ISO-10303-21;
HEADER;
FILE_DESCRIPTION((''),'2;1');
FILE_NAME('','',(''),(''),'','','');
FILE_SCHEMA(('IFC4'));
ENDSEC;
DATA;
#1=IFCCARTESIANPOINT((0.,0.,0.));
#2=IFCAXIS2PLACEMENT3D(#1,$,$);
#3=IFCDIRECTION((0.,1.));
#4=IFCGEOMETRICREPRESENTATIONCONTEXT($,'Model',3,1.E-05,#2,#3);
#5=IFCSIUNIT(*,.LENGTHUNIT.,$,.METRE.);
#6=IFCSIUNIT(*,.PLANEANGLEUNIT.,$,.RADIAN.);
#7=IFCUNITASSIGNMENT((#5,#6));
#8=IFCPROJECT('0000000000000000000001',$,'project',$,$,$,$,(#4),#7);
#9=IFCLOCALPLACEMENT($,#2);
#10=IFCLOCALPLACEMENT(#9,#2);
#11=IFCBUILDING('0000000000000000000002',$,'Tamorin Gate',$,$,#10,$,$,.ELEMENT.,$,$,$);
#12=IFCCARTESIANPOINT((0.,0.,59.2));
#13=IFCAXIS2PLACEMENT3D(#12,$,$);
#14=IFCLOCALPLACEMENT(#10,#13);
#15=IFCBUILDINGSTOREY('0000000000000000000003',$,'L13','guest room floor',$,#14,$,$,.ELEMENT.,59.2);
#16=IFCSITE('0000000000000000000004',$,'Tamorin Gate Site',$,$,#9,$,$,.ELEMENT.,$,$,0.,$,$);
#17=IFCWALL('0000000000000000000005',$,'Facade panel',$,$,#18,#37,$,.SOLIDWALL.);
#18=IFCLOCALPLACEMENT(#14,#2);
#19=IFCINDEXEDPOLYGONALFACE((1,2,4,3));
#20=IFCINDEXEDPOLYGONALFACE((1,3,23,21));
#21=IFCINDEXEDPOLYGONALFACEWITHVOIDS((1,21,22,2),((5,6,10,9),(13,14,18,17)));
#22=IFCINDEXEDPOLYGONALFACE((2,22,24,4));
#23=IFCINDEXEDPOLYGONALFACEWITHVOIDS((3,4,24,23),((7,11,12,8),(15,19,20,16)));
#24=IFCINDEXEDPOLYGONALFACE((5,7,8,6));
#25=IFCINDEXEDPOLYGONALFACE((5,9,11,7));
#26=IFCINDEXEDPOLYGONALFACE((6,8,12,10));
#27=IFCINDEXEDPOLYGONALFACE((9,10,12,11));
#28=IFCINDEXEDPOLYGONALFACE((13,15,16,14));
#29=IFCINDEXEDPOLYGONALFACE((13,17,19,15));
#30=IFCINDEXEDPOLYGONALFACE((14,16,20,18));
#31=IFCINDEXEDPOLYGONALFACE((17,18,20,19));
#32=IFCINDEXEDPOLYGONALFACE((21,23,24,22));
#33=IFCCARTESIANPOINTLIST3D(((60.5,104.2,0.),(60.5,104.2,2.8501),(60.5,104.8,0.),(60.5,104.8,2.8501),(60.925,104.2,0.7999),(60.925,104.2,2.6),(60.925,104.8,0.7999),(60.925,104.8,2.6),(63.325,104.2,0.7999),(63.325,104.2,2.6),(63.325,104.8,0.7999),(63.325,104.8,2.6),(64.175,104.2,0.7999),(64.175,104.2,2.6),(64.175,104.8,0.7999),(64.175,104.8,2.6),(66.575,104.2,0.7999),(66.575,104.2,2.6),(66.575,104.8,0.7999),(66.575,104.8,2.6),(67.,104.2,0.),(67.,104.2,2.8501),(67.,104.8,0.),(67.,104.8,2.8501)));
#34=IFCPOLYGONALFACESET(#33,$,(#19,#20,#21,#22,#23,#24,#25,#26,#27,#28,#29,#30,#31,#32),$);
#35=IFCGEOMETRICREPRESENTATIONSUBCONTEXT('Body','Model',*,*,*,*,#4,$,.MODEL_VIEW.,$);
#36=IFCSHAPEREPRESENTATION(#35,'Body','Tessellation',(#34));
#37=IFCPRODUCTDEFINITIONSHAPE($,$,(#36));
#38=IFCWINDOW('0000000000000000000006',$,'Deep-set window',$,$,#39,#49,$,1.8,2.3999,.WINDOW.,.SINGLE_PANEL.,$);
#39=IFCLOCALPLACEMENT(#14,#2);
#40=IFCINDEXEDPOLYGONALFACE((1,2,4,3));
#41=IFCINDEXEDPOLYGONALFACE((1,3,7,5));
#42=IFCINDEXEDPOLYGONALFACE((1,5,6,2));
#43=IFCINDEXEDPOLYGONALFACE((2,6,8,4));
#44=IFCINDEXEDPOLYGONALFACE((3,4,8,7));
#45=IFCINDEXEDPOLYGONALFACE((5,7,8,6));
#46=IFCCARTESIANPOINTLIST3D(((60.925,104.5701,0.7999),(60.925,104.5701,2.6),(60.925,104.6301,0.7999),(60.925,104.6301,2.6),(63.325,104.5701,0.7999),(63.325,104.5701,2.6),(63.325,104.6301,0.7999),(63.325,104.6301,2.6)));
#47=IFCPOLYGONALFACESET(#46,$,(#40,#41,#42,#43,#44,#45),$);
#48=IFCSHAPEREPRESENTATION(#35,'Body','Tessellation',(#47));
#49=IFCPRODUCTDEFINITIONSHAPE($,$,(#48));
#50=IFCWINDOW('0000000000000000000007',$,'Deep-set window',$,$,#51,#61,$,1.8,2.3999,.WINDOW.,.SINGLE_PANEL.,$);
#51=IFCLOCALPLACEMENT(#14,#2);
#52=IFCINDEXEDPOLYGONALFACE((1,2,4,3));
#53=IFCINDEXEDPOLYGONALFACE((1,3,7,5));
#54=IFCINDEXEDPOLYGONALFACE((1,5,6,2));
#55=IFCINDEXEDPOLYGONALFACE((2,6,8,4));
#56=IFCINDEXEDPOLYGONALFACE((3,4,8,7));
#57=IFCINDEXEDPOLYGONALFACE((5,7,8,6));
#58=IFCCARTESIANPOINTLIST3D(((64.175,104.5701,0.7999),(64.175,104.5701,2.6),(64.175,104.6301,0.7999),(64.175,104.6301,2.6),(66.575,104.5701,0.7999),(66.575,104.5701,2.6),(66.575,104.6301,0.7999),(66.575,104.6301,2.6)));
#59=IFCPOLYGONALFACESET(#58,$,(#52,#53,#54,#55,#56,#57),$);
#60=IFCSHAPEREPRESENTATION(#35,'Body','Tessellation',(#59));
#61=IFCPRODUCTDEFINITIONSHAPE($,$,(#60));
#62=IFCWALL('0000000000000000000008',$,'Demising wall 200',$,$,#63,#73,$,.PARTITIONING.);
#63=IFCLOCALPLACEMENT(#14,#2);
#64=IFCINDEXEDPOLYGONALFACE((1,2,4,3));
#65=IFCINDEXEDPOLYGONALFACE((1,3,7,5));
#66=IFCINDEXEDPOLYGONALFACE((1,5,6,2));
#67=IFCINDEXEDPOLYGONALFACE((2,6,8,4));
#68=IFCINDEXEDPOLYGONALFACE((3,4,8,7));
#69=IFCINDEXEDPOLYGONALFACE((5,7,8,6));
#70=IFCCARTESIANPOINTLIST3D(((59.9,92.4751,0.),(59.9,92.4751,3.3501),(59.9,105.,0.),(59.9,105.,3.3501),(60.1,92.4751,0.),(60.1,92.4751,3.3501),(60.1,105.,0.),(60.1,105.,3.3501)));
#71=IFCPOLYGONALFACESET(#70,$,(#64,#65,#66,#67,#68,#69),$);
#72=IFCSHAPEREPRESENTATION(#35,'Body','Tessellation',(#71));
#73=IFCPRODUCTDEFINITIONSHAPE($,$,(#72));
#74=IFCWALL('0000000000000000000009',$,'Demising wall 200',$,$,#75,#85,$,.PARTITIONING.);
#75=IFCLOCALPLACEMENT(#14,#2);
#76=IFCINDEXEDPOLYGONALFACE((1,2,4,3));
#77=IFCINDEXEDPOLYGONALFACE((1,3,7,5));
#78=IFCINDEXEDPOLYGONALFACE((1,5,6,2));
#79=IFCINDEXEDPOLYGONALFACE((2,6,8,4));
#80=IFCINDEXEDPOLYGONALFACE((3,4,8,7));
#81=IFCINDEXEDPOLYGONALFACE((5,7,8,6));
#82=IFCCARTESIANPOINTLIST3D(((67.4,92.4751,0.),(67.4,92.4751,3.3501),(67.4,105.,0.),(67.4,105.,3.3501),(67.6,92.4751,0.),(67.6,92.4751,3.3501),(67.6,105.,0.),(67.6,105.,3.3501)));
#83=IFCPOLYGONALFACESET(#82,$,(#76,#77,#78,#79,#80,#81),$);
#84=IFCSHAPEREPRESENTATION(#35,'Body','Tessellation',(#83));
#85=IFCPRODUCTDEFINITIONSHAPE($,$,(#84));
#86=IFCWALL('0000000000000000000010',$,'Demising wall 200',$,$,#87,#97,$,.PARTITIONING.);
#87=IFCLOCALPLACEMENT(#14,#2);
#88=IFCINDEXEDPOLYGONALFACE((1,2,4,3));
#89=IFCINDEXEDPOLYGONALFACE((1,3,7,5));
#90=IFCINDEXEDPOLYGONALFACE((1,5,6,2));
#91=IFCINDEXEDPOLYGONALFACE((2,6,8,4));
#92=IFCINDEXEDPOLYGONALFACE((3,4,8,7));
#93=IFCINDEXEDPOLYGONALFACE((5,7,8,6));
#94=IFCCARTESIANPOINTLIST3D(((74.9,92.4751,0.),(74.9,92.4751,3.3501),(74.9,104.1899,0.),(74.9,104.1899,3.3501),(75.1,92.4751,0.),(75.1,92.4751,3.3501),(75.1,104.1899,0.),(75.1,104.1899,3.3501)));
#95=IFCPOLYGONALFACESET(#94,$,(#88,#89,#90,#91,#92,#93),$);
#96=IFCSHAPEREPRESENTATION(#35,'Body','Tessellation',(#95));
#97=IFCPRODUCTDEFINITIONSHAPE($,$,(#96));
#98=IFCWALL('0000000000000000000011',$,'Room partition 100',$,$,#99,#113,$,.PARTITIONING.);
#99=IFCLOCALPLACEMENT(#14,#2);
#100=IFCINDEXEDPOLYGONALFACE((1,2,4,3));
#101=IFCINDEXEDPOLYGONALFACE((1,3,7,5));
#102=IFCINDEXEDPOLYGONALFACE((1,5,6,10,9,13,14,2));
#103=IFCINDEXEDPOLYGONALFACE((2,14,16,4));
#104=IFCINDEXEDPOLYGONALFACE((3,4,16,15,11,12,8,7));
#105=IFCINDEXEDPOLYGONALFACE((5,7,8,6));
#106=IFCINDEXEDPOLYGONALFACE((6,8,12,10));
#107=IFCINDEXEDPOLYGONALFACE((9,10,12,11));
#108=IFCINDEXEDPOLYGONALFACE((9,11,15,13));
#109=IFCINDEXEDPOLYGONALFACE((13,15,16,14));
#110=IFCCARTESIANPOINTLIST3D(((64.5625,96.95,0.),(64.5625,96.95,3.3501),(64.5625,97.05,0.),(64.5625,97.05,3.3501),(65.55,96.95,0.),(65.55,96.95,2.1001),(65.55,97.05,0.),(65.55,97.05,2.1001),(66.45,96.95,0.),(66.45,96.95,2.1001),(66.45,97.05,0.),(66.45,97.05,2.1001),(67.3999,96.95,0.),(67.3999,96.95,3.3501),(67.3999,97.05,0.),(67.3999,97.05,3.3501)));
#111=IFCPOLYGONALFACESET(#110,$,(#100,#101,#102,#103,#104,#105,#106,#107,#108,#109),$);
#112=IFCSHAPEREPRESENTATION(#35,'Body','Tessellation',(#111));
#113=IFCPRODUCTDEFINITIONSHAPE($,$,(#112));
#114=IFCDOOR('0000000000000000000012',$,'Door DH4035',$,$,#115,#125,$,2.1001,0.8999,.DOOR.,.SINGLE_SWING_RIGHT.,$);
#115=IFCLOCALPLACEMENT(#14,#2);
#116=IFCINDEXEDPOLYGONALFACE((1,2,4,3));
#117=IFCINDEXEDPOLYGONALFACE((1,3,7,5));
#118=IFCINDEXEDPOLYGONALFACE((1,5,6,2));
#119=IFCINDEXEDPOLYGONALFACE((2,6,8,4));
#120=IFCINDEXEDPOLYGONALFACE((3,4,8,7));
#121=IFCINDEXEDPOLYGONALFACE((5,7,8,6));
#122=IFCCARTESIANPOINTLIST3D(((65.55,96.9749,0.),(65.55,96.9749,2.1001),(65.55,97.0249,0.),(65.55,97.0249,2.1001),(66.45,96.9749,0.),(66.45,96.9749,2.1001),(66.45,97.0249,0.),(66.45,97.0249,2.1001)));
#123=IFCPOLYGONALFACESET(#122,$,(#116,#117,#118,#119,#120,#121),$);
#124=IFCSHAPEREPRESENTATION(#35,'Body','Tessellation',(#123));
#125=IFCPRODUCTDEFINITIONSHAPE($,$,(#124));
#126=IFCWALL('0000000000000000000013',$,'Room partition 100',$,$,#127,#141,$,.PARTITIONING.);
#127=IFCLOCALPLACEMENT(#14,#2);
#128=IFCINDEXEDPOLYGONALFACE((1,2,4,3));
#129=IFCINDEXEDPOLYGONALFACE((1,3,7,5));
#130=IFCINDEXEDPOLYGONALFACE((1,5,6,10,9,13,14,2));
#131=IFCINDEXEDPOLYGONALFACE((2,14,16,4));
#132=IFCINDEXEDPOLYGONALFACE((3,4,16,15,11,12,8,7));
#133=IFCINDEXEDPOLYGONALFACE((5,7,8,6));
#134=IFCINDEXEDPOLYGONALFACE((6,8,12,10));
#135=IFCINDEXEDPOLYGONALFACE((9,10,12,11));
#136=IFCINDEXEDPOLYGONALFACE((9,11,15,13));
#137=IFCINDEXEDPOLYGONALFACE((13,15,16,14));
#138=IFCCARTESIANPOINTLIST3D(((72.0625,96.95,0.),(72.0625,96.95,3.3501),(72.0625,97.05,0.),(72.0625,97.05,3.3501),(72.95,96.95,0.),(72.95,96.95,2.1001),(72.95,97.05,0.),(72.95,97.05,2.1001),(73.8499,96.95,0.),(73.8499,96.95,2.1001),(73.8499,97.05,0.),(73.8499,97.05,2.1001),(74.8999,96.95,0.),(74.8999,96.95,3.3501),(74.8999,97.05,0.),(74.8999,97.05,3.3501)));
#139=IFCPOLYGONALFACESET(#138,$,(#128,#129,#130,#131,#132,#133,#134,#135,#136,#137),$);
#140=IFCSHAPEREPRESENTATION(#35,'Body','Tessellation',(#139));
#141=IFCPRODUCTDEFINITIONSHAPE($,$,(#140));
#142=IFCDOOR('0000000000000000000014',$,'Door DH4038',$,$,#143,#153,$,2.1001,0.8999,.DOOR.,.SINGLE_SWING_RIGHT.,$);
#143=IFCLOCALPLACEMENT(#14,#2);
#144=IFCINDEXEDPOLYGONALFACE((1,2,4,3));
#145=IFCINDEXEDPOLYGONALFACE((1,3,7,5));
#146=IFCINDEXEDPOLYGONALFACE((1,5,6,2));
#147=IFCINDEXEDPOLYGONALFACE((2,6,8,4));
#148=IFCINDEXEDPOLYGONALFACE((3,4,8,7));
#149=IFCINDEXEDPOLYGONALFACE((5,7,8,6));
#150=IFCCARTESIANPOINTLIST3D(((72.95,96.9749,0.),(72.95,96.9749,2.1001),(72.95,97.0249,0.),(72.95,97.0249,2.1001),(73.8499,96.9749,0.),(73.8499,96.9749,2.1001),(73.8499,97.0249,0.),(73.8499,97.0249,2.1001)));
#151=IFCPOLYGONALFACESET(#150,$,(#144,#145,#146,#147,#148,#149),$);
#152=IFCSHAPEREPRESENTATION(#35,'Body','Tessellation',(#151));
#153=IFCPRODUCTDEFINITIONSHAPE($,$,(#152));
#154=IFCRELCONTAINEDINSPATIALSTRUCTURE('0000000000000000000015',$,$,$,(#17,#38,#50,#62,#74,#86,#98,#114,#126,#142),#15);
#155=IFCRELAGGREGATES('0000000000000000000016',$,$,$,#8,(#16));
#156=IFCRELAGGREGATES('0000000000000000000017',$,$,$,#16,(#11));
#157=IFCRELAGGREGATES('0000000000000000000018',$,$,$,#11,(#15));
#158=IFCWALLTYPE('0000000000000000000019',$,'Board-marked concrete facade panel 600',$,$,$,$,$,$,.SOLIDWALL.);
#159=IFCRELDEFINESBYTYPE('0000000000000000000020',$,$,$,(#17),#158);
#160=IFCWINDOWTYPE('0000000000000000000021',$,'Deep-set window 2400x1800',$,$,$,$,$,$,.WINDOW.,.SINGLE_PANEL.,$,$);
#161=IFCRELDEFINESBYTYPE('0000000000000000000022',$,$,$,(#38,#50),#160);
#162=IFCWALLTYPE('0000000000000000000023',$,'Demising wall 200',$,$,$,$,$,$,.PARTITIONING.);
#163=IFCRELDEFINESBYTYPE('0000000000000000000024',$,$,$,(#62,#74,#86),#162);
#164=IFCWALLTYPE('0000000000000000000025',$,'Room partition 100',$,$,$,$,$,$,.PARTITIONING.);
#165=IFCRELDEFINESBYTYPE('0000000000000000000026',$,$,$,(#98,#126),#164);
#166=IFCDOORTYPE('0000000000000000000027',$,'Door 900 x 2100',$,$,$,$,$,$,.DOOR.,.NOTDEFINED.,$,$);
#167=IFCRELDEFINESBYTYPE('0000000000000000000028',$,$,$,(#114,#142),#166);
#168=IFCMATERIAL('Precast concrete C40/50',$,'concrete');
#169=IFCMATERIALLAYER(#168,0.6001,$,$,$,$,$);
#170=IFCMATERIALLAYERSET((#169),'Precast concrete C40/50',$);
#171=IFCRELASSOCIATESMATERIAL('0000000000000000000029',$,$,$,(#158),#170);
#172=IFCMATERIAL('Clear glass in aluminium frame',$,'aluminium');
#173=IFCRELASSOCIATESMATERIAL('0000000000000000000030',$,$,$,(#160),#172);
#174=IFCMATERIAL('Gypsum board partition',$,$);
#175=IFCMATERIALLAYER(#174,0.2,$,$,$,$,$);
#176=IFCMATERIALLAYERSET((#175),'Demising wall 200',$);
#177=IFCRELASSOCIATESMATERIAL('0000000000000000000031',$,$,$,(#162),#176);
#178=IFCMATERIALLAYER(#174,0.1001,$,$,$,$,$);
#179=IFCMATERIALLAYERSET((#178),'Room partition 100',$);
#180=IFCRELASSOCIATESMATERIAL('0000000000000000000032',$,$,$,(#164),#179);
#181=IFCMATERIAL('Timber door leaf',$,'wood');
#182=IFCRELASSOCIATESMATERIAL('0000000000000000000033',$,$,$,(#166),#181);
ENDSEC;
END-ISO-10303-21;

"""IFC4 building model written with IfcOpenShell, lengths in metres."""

from ifc_helpers import new_model, si_unit, direction, frame, frame_2d, origin, place, context, subcontext, project, spatial, rectangle, extrude, material, layer, layer_set, type_object, element, fill, save


model = new_model("IFC4")

# Units and contexts
model_context = context("Model", 3, precision=1e-05, world=origin(), true_north=direction((0.0, 1.0)))
body_context = subcontext(model_context, "Body", "Model", "MODEL_VIEW")
ifc_project = project(units=[si_unit("LENGTHUNIT", "METRE"), si_unit("PLANEANGLEUNIT", "RADIAN")], contexts=[model_context])

# Site, building, storey
site_placement = place(None, origin())
site = spatial("IfcSite", under=ifc_project, at=site_placement, Name="Tamorin Gate Site", CompositionType="ELEMENT", RefElevation=0.0)
building_placement = place(site_placement, origin())
building = spatial("IfcBuilding", under=site, at=building_placement, Name="Tamorin Gate", CompositionType="ELEMENT")
storey_placement = place(building_placement, frame((0.0, 0.0, 59.2)))
storey = spatial("IfcBuildingStorey", under=building, at=storey_placement, Name="L13", Description="guest room floor", CompositionType="ELEMENT", Elevation=59.2)

# Wall, openings, windows
ifc_material_1 = material(Name="Precast concrete C40/50", Category="concrete")
ifc_layer_1 = layer(ifc_material_1, 0.6001)
ifc_layer_set_1 = layer_set([ifc_layer_1], Name="Precast concrete C40/50")
wall_type_1 = type_object("IfcWallType", Name="Board-marked concrete facade panel 600", PredefinedType="SOLIDWALL", material=ifc_layer_set_1)
ifc_material_2 = material(Name="Clear glass in aluminium frame", Category="aluminium")
window_type = type_object("IfcWindowType", Name="Deep-set window 2400x1800", PartitioningType="SINGLE_PANEL", PredefinedType="WINDOW", material=ifc_material_2)
wall_1_placement = place(storey_placement, frame((67.0, 104.5, 0.0), z_axis=(0.0, 0.0, 1.0), x_axis=(-1.0, 0.0, 0.0)))
wall_1 = element("IfcWall", 1, at=wall_1_placement, inside=storey, type_object=wall_type_1, Name="Facade panel", PredefinedType="SOLIDWALL", context=body_context, shape_type="SweptSolid", body=[
    extrude(rectangle(XDim=6.5, YDim=0.6001, at=frame_2d((3.25, 0.0))), origin(), (0.0, 0.0, 1.0), 2.8501),
])
opening_1_placement = place(wall_1_placement, frame((3.675, 0.0, 0.8)))
opening_1 = element("IfcOpeningElement", 2, at=opening_1_placement, cuts=wall_1, PredefinedType="OPENING", context=body_context, shape_type="SweptSolid", body=[
    extrude(rectangle(XDim=2.3999, YDim=1.8, at=frame_2d((1.2, 0.8999))), frame((0.0, 0.3101, 0.0), z_axis=(0.0, -1.0, 0.0), x_axis=(1.0, 0.0, 0.0)), (0.0, 0.0, 1.0), 0.6201),
])
opening_2_placement = place(wall_1_placement, frame((0.425, 0.0, 0.8)))
opening_2 = element("IfcOpeningElement", 3, at=opening_2_placement, cuts=wall_1, PredefinedType="OPENING", context=body_context, shape_type="SweptSolid", body=[
    extrude(rectangle(XDim=2.3999, YDim=1.8, at=frame_2d((1.2, 0.8999))), frame((0.0, 0.3101, 0.0), z_axis=(0.0, -1.0, 0.0), x_axis=(1.0, 0.0, 0.0)), (0.0, 0.0, 1.0), 0.6201),
])
window_1_placement = place(opening_1_placement, origin())
window_1 = element("IfcWindow", 4, at=window_1_placement, inside=storey, type_object=window_type, Name="Deep-set window", OverallHeight=1.8, OverallWidth=2.3999, PartitioningType="SINGLE_PANEL", PredefinedType="WINDOW", context=body_context, shape_type="SweptSolid", body=[
    extrude(rectangle(XDim=2.3999, YDim=1.8, at=frame_2d((1.2, 0.8999))), frame((0.0, -0.0701, 0.0), z_axis=(0.0, -1.0, 0.0), x_axis=(1.0, 0.0, 0.0)), (0.0, 0.0, 1.0), 0.0601),
])
fill(opening_1, window_1)
window_2_placement = place(opening_2_placement, origin())
window_2 = element("IfcWindow", 5, at=window_2_placement, inside=storey, type_object=window_type, Name="Deep-set window", OverallHeight=1.8, OverallWidth=2.3999, PartitioningType="SINGLE_PANEL", PredefinedType="WINDOW", context=body_context, shape_type="SweptSolid", body=[
    extrude(rectangle(XDim=2.3999, YDim=1.8, at=frame_2d((1.2, 0.8999))), frame((0.0, -0.0701, 0.0), z_axis=(0.0, -1.0, 0.0), x_axis=(1.0, 0.0, 0.0)), (0.0, 0.0, 1.0), 0.0601),
])
fill(opening_2, window_2)

# Walls
ifc_material_3 = material(Name="Gypsum board partition")
ifc_layer_2 = layer(ifc_material_3, 0.2)
ifc_layer_set_2 = layer_set([ifc_layer_2], Name="Demising wall 200")
wall_type_2 = type_object("IfcWallType", Name="Demising wall 200", PredefinedType="PARTITIONING", material=ifc_layer_set_2)
for number, where, z_axis, x_axis, name in (
    (6, (60.0, 92.4751, 0.0), (0.0, 0.0, 1.0), (0.0, 1.0, 0.0), "Demising wall 200"),
    (7, (67.5, 92.4751, 0.0), (0.0, 0.0, 1.0), (0.0, 1.0, 0.0), "Demising wall 200"),
):
    element("IfcWall", number, at=place(storey_placement, frame(where, z_axis=z_axis, x_axis=x_axis)), inside=storey, type_object=wall_type_2, Name=name, PredefinedType="PARTITIONING", context=body_context, shape_type="SweptSolid", body=[
        extrude(rectangle(XDim=12.5249, YDim=0.2, at=frame_2d((6.2625, 0.0))), origin(), (0.0, 0.0, 1.0), 3.3501),
    ])
wall_2_placement = place(storey_placement, frame((75.0, 92.4751, 0.0), z_axis=(0.0, 0.0, 1.0), x_axis=(0.0, 1.0, 0.0)))
element("IfcWall", 8, at=wall_2_placement, inside=storey, type_object=wall_type_2, Name="Demising wall 200", PredefinedType="PARTITIONING", context=body_context, shape_type="SweptSolid", body=[
    extrude(rectangle(XDim=11.7148, YDim=0.2, at=frame_2d((5.8574, 0.0))), origin(), (0.0, 0.0, 1.0), 3.3501),
])

# Walls, openings, doors
ifc_layer_3 = layer(ifc_material_3, 0.1001)
ifc_layer_set_3 = layer_set([ifc_layer_3], Name="Room partition 100")
wall_type_3 = type_object("IfcWallType", Name="Room partition 100", PredefinedType="PARTITIONING", material=ifc_layer_set_3)
wall_3_placement = place(storey_placement, frame((64.5625, 97.0, 0.0), z_axis=(0.0, 0.0, 1.0), x_axis=(1.0, 0.0, 0.0)))
wall_3 = element("IfcWall", 9, at=wall_3_placement, inside=storey, type_object=wall_type_3, Name="Room partition 100", PredefinedType="PARTITIONING", context=body_context, shape_type="SweptSolid", body=[
    extrude(rectangle(XDim=2.8374, YDim=0.1001, at=frame_2d((1.4187, 0.0))), origin(), (0.0, 0.0, 1.0), 3.3501),
])
opening_3_placement = place(wall_3_placement, frame((0.9875, 0.0, 0.0)))
opening_3 = element("IfcOpeningElement", 10, at=opening_3_placement, cuts=wall_3, PredefinedType="OPENING", context=body_context, shape_type="SweptSolid", body=[
    extrude(rectangle(XDim=0.8999, YDim=2.1001, at=frame_2d((0.45, 1.05))), frame((0.0, 0.0601, 0.0), z_axis=(0.0, -1.0, 0.0), x_axis=(1.0, 0.0, 0.0)), (0.0, 0.0, 1.0), 0.1201),
])
ifc_material_4 = material(Name="Timber door leaf", Category="wood")
door_type = type_object("IfcDoorType", Name="Door 900 x 2100", OperationType="NOTDEFINED", PredefinedType="DOOR", material=ifc_material_4)
door_1_placement = place(opening_3_placement, origin())
door_1 = element("IfcDoor", 11, at=door_1_placement, inside=storey, type_object=door_type, Name="Door DH4035", OperationType="SINGLE_SWING_RIGHT", OverallHeight=2.1001, OverallWidth=0.8999, PredefinedType="DOOR", context=body_context, shape_type="SweptSolid", body=[
    extrude(rectangle(XDim=0.8999, YDim=2.1001, at=frame_2d((0.45, 1.05))), frame((0.0, 0.0249, 0.0), z_axis=(0.0, -1.0, 0.0), x_axis=(1.0, 0.0, 0.0)), (0.0, 0.0, 1.0), 0.05),
])
fill(opening_3, door_1)
wall_4_placement = place(storey_placement, frame((72.0625, 97.0, 0.0), z_axis=(0.0, 0.0, 1.0), x_axis=(1.0, 0.0, 0.0)))
wall_4 = element("IfcWall", 12, at=wall_4_placement, inside=storey, type_object=wall_type_3, Name="Room partition 100", PredefinedType="PARTITIONING", context=body_context, shape_type="SweptSolid", body=[
    extrude(rectangle(XDim=2.8374, YDim=0.1001, at=frame_2d((1.4187, 0.0))), origin(), (0.0, 0.0, 1.0), 3.3501),
])
opening_4_placement = place(wall_4_placement, frame((0.8875, 0.0, 0.0)))
opening_4 = element("IfcOpeningElement", 13, at=opening_4_placement, cuts=wall_4, PredefinedType="OPENING", context=body_context, shape_type="SweptSolid", body=[
    extrude(rectangle(XDim=0.8999, YDim=2.1001, at=frame_2d((0.45, 1.05))), frame((0.0, 0.0601, 0.0), z_axis=(0.0, -1.0, 0.0), x_axis=(1.0, 0.0, 0.0)), (0.0, 0.0, 1.0), 0.1201),
])
door_2_placement = place(opening_4_placement, origin())
door_2 = element("IfcDoor", 14, at=door_2_placement, inside=storey, type_object=door_type, Name="Door DH4038", OperationType="SINGLE_SWING_RIGHT", OverallHeight=2.1001, OverallWidth=0.8999, PredefinedType="DOOR", context=body_context, shape_type="SweptSolid", body=[
    extrude(rectangle(XDim=0.8999, YDim=2.1001, at=frame_2d((0.45, 1.05))), frame((0.0, 0.0249, 0.0), z_axis=(0.0, -1.0, 0.0), x_axis=(1.0, 0.0, 0.0)), (0.0, 0.0, 1.0), 0.05),
])
fill(opening_4, door_2)

save(model, "model.ifc")
